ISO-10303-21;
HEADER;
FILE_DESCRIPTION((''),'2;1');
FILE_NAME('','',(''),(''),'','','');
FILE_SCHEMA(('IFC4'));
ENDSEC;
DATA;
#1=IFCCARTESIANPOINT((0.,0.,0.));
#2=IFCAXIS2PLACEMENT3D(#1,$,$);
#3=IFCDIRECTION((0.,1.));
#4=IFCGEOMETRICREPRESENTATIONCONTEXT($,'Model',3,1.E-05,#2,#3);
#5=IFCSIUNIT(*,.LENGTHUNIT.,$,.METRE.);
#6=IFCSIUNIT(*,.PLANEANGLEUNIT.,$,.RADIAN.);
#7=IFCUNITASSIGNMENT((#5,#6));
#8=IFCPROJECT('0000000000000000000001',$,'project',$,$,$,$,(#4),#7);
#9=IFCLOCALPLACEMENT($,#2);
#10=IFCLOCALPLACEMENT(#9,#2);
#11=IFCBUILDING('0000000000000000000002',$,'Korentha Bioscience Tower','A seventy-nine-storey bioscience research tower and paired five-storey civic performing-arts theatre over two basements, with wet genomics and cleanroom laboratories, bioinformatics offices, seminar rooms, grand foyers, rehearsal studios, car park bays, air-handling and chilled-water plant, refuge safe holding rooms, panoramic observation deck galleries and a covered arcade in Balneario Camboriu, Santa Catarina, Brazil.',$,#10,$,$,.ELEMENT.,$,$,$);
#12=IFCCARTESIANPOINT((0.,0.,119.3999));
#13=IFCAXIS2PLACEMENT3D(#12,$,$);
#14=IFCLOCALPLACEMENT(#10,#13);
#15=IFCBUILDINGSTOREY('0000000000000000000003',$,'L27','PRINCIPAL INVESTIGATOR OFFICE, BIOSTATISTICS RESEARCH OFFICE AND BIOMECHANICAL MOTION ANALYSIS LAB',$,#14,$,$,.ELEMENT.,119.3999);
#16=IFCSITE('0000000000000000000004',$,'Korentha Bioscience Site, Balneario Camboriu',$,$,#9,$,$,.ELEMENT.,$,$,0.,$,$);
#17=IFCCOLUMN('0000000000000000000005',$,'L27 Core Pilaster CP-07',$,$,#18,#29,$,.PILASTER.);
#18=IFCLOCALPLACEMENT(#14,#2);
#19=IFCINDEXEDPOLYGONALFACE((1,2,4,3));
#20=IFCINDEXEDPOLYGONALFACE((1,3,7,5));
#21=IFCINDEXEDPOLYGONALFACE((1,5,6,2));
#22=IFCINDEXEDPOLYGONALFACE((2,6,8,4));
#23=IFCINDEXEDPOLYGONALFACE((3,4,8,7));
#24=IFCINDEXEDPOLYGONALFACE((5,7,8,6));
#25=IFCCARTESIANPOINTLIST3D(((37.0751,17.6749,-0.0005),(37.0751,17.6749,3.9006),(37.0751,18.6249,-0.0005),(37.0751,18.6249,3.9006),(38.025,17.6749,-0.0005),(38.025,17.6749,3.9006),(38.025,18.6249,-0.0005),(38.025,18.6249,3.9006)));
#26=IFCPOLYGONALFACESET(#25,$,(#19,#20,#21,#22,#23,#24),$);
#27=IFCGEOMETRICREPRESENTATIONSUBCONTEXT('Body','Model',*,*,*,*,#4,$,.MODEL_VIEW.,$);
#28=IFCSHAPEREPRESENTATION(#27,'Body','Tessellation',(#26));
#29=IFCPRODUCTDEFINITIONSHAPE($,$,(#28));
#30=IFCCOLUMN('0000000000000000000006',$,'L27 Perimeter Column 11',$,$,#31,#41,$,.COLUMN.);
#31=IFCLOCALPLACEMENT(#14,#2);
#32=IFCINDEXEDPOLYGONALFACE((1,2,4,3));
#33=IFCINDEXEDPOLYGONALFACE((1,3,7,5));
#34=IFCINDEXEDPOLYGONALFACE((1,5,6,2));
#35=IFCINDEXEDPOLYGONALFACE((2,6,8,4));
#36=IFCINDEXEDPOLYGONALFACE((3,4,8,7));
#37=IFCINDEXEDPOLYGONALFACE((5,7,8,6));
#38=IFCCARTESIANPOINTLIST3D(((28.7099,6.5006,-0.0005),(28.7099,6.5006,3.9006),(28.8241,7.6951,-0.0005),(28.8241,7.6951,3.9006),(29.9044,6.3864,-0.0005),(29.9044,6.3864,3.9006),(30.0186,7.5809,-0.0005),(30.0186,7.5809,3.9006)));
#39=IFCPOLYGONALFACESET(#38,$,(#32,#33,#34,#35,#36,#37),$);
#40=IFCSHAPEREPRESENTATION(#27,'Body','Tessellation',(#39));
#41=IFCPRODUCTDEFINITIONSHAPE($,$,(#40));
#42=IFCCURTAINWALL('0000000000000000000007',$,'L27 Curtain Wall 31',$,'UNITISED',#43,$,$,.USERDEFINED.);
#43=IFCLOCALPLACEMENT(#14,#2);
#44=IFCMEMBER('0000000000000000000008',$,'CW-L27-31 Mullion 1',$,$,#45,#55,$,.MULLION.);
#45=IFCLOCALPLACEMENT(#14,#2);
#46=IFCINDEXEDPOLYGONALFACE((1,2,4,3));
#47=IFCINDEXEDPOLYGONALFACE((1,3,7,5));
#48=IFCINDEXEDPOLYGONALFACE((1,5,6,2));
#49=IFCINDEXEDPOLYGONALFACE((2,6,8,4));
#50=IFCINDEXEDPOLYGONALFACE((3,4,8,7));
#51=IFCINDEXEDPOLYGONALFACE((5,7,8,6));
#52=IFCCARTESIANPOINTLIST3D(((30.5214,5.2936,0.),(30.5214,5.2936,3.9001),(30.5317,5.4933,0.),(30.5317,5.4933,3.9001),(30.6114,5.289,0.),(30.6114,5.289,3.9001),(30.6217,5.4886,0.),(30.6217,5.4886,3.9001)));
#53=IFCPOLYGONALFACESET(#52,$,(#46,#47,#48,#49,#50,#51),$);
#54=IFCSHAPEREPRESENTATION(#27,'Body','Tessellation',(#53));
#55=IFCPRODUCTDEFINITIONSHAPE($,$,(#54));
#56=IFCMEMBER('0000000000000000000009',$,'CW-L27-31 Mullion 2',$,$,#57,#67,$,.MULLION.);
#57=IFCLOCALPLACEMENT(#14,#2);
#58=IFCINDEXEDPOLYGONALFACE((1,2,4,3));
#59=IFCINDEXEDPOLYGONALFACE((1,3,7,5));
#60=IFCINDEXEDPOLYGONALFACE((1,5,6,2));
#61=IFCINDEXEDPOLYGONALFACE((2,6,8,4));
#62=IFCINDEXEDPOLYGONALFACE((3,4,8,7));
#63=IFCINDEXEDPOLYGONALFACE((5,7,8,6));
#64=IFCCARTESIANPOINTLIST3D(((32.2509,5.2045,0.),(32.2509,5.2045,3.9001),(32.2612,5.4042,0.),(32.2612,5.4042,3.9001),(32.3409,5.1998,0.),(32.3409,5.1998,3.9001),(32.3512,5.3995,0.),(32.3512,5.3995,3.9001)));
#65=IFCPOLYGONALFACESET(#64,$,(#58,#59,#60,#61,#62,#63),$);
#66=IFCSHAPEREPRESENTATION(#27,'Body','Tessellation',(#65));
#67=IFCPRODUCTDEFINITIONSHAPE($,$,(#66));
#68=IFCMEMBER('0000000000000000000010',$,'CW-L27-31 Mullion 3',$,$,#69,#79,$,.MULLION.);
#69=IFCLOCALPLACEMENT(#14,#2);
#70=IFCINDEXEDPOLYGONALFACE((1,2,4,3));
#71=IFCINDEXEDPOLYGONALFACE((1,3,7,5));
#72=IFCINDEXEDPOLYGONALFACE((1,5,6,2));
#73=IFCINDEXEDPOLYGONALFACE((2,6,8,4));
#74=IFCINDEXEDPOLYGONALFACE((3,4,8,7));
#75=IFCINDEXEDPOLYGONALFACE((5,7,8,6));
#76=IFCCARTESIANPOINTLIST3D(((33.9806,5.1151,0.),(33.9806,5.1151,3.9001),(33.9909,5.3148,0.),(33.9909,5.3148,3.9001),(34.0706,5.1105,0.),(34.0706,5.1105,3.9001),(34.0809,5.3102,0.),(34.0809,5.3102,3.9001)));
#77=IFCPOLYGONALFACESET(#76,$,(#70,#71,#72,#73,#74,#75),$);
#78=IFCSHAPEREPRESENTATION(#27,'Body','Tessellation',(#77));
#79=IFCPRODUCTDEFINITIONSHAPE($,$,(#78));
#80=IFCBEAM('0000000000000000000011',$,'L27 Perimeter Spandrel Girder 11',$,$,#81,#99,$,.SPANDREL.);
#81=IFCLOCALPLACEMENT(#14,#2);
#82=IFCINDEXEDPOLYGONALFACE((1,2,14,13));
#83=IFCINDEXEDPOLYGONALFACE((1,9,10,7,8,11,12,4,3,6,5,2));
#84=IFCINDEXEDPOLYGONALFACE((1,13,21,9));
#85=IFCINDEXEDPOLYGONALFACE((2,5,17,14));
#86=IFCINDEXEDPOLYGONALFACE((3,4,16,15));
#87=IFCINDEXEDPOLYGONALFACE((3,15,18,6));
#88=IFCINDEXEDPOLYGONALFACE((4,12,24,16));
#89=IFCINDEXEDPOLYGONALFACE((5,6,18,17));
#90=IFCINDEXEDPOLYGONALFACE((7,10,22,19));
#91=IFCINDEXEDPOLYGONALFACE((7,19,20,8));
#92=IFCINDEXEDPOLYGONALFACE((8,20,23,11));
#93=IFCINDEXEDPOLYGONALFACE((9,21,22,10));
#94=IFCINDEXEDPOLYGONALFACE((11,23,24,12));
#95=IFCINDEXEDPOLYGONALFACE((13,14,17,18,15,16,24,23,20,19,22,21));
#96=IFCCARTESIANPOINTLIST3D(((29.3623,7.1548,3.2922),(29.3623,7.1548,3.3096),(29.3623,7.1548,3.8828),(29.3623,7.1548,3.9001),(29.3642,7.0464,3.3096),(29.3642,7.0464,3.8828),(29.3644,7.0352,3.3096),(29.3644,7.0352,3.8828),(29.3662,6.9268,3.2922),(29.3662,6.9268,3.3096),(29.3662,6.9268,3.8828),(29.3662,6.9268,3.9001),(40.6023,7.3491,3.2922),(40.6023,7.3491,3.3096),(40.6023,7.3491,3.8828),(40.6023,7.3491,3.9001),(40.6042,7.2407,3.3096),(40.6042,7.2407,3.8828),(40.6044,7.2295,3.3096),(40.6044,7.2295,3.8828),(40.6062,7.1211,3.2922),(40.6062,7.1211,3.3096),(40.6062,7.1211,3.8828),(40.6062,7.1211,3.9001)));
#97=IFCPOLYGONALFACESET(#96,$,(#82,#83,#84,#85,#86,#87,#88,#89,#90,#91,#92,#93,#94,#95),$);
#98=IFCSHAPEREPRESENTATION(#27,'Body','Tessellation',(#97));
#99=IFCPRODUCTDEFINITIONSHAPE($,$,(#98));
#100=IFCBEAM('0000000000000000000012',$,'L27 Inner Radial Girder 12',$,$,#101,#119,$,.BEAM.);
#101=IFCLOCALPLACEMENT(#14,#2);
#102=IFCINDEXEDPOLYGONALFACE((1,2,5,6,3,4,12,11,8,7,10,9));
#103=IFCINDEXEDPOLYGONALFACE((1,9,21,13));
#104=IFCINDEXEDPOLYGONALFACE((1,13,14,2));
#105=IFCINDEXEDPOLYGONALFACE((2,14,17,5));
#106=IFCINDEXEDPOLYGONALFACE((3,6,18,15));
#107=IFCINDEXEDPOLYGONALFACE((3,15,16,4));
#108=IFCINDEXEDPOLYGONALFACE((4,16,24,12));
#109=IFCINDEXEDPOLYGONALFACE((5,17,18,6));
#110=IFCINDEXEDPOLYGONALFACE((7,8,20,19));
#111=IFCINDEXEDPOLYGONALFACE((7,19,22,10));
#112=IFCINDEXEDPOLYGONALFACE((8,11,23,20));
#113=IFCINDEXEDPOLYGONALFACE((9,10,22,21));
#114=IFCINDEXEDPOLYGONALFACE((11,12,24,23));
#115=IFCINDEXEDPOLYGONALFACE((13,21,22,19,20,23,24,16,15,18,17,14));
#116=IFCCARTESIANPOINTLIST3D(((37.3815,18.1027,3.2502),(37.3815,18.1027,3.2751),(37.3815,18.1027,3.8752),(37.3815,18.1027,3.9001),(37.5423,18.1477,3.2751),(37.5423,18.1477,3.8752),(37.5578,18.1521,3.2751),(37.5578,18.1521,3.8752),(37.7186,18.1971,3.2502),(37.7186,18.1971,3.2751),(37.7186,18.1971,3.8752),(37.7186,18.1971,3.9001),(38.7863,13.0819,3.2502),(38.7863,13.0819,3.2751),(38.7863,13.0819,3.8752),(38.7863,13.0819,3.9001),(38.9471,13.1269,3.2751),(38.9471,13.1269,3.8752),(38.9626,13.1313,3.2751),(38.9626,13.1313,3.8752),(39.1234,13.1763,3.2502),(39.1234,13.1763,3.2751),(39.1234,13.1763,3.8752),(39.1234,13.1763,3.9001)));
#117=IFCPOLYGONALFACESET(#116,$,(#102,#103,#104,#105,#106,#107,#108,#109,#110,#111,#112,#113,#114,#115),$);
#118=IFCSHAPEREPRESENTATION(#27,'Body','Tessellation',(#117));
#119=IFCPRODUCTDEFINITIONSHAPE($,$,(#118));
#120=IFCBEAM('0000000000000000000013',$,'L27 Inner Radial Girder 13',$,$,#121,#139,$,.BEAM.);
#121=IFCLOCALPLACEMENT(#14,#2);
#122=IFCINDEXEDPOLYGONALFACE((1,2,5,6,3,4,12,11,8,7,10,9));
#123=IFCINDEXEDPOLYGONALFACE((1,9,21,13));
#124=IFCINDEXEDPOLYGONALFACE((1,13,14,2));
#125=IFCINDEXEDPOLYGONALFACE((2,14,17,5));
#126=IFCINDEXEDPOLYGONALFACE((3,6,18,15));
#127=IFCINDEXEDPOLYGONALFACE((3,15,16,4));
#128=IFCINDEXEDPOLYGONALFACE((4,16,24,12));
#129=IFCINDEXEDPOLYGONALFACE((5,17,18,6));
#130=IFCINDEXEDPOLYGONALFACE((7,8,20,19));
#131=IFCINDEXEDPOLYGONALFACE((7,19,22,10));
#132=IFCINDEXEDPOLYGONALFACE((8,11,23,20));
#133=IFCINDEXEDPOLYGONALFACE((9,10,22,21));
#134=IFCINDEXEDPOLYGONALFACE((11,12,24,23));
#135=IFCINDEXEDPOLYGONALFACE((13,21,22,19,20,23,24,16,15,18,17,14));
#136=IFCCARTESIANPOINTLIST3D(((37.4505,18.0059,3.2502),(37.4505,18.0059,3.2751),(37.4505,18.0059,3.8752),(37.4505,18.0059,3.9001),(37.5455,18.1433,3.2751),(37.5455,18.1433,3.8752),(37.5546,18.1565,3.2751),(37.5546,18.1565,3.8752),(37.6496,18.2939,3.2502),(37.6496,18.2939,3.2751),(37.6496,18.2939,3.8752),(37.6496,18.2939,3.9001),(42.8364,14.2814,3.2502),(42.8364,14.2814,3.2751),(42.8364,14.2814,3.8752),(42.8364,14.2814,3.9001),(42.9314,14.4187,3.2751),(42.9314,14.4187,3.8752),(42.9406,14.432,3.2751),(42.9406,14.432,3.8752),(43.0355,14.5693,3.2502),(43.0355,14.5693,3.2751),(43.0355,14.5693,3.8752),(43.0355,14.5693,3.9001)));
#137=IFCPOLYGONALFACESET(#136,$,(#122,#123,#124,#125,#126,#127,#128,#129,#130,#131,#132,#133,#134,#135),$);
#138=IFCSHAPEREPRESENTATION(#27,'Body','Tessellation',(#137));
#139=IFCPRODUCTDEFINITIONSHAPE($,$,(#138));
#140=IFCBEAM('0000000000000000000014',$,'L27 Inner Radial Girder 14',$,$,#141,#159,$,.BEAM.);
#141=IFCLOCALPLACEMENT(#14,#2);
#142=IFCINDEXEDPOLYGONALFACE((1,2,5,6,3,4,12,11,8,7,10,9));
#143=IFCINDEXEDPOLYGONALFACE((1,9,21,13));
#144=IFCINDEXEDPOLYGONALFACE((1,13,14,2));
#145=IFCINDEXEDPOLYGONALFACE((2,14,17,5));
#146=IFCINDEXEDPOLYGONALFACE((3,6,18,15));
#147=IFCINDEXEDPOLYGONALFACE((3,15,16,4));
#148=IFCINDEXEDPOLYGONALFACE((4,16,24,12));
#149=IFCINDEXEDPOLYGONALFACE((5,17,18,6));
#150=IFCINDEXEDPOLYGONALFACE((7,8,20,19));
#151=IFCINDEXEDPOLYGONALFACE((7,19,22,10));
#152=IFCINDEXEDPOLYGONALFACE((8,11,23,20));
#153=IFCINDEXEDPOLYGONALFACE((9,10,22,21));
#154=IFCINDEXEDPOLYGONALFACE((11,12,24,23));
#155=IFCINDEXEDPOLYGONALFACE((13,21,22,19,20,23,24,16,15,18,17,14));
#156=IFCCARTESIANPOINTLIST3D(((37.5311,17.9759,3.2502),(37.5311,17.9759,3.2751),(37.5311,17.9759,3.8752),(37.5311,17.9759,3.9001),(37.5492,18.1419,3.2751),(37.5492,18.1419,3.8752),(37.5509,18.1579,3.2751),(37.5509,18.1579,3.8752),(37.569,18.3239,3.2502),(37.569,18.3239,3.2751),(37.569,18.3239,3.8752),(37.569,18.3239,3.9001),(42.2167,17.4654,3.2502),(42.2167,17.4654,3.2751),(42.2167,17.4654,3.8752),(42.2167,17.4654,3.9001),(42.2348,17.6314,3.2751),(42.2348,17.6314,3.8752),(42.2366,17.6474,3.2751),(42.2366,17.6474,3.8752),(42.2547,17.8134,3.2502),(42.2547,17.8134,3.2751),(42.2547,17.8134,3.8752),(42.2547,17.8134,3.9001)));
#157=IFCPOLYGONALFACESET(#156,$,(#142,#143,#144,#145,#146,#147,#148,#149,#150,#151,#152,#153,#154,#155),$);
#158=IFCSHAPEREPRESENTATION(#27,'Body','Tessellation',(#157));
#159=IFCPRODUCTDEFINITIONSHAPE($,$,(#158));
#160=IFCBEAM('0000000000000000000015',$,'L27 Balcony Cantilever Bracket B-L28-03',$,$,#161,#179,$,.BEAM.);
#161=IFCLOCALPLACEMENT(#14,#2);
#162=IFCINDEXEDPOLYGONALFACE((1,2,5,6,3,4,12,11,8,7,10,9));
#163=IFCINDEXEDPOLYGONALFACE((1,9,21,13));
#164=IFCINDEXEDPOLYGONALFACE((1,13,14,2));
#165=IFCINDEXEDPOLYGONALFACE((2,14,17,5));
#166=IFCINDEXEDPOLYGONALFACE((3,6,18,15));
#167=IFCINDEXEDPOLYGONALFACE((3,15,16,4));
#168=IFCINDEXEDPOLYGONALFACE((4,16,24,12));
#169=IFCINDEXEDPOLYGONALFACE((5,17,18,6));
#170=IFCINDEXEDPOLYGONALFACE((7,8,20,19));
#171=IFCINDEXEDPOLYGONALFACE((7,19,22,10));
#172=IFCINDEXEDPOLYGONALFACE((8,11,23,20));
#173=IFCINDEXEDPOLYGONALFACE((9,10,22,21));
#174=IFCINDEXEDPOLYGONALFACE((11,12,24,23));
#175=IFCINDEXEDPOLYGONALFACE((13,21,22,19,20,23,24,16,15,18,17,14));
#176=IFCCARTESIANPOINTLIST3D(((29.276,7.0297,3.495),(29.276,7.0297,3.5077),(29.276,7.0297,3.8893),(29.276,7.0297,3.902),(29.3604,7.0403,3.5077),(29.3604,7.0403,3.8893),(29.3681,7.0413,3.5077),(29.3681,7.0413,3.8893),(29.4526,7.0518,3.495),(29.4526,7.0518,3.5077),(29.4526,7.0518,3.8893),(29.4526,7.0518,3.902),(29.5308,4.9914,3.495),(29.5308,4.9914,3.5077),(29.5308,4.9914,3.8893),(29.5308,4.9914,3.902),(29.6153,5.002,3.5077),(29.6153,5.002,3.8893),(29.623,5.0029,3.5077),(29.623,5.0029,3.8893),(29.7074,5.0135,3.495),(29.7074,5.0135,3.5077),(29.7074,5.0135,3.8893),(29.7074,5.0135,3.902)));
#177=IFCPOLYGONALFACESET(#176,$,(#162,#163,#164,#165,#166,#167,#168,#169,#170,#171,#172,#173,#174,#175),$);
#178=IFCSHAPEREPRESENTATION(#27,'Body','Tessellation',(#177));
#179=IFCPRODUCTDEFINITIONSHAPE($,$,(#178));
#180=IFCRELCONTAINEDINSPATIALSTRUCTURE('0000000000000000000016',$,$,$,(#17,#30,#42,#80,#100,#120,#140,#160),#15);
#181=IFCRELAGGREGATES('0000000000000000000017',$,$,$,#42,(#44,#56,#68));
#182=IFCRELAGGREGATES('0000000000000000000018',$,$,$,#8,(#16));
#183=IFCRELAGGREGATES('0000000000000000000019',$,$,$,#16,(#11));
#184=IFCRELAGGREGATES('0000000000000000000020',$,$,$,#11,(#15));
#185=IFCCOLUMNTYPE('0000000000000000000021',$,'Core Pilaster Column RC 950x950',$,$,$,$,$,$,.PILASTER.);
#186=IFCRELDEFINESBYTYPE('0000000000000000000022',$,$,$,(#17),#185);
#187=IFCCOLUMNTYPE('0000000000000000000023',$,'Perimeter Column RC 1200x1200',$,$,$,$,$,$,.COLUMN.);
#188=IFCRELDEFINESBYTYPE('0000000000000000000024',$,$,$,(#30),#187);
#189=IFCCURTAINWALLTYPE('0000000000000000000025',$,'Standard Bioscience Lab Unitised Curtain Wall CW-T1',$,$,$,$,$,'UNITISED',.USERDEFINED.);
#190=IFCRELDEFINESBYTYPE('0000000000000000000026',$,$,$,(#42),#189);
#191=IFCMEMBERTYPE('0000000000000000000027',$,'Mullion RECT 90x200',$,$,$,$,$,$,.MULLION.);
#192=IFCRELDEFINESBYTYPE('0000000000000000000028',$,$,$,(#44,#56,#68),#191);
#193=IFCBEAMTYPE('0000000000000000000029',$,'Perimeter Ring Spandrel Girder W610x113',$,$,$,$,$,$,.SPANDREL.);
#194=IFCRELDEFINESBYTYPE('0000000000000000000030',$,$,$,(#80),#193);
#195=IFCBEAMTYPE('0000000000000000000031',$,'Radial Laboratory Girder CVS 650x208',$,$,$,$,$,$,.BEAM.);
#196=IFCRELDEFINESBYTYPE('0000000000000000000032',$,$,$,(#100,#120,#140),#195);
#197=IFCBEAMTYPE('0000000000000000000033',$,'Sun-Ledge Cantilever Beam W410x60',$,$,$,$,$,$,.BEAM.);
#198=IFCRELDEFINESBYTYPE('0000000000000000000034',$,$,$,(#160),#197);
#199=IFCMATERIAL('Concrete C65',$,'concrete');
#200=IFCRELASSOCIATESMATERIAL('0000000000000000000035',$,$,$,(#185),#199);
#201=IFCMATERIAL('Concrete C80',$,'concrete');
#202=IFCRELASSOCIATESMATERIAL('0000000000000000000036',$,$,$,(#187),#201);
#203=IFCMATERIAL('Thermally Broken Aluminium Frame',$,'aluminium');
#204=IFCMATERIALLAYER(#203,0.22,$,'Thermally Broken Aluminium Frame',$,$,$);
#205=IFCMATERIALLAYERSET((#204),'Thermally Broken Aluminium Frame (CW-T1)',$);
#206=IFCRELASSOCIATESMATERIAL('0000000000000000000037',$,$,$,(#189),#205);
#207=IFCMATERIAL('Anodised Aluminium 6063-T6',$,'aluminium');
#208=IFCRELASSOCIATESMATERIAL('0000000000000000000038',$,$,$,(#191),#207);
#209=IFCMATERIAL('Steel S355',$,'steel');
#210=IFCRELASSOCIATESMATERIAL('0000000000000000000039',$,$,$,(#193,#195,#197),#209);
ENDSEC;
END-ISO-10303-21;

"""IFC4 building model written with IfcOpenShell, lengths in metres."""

from ifc_helpers import new_model, si_unit, direction, frame, origin, origin_2d, place, context, subcontext, project, spatial, rectangle, i_section, extrude, material, layer, layer_set, material_profile, profile_set, type_object, element, aggregate, save


model = new_model("IFC4")

# Units and contexts
model_context = context("Model", 3, precision=1e-05, world=origin(), true_north=direction((0.0, 1.0)))
body_context = subcontext(model_context, "Body", "Model", "MODEL_VIEW")
ifc_project = project(units=[si_unit("LENGTHUNIT", "METRE"), si_unit("PLANEANGLEUNIT", "RADIAN")], contexts=[model_context])

# Site, building, storey
site_placement = place(None, origin())
site = spatial("IfcSite", under=ifc_project, at=site_placement, Name="Korentha Bioscience Site, Balneario Camboriu", CompositionType="ELEMENT", RefElevation=0.0)
building_placement = place(site_placement, origin())
building = spatial("IfcBuilding", under=site, at=building_placement, Name="Korentha Bioscience Tower", Description="A seventy-nine-storey bioscience research tower and paired five-storey civic performing-arts theatre over two basements, with wet genomics and cleanroom laboratories, bioinformatics offices, seminar rooms, grand foyers, rehearsal studios, car park bays, air-handling and chilled-water plant, refuge safe holding rooms, panoramic observation deck galleries and a covered arcade in Balneario Camboriu, Santa Catarina, Brazil.", CompositionType="ELEMENT")
storey_placement = place(building_placement, frame((0.0, 0.0, 119.3999)))
storey = spatial("IfcBuildingStorey", under=building, at=storey_placement, Name="L27", Description="PRINCIPAL INVESTIGATOR OFFICE, BIOSTATISTICS RESEARCH OFFICE AND BIOMECHANICAL MOTION ANALYSIS LAB", CompositionType="ELEMENT", Elevation=119.3999)

# Columns
ifc_material_1 = material(Name="Concrete C65", Category="concrete")
ifc_material_profile_1 = material_profile(ifc_material_1, rectangle(XDim=0.95, YDim=0.95, at=origin_2d()), Name="Concrete C65")
ifc_profile_set_1 = profile_set([ifc_material_profile_1], Name="Concrete C65 (COL-CP09)")
column_type_1 = type_object("IfcColumnType", Name="Core Pilaster Column RC 950x950", PredefinedType="PILASTER", material=ifc_profile_set_1)
column_1_placement = place(storey_placement, frame((37.55, 18.1499, -0.0005), z_axis=(0.0, 0.0, 1.0), x_axis=(1.0, 0.0, 0.0)))
element("IfcColumn", 1, at=column_1_placement, inside=storey, type_object=column_type_1, Name="L27 Core Pilaster CP-07", PredefinedType="PILASTER", context=body_context, shape_type="SweptSolid", body=[
    extrude(rectangle(XDim=0.95, YDim=0.95, at=origin_2d()), origin(), (0.0, 0.0, 1.0), 3.9011),
])
ifc_material_2 = material(Name="Concrete C80", Category="concrete")
ifc_material_profile_2 = material_profile(ifc_material_2, rectangle(XDim=1.2, YDim=1.2, at=origin_2d()), Name="Concrete C80")
ifc_profile_set_2 = profile_set([ifc_material_profile_2], Name="Concrete C80 (COL-P12)")
column_type_2 = type_object("IfcColumnType", Name="Perimeter Column RC 1200x1200", PredefinedType="COLUMN", material=ifc_profile_set_2)
column_2_placement = place(storey_placement, frame((29.3643, 7.0408, -0.0005), z_axis=(0.0, 0.0, 1.0), x_axis=(-0.995463, 0.095151, 0.0)))
element("IfcColumn", 2, at=column_2_placement, inside=storey, type_object=column_type_2, Name="L27 Perimeter Column 11", PredefinedType="COLUMN", context=body_context, shape_type="SweptSolid", body=[
    extrude(rectangle(XDim=1.2, YDim=1.2, at=origin_2d()), origin(), (0.0, 0.0, 1.0), 3.9011),
])

# Curtain wall, members
ifc_material_3 = material(Name="Thermally Broken Aluminium Frame", Category="aluminium")
ifc_layer_1 = layer(ifc_material_3, 0.22, Name="Thermally Broken Aluminium Frame")
ifc_layer_set_1 = layer_set([ifc_layer_1], Name="Thermally Broken Aluminium Frame (CW-T1)")
curtain_wall_type = type_object("IfcCurtainWallType", Name="Standard Bioscience Lab Unitised Curtain Wall CW-T1", ElementType="UNITISED", PredefinedType="USERDEFINED", material=ifc_layer_set_1)
curtain_wall_placement = place(storey_placement, origin())
curtain_wall = element("IfcCurtainWall", 3, at=curtain_wall_placement, inside=storey, type_object=curtain_wall_type, Name="L27 Curtain Wall 31", ObjectType="UNITISED", PredefinedType="USERDEFINED")
ifc_material_4 = material(Name="Anodised Aluminium 6063-T6", Category="aluminium")
ifc_material_profile_3 = material_profile(ifc_material_4, rectangle(XDim=0.0901, YDim=0.2, at=origin_2d()), Name="Anodised Aluminium 6063-T6")
ifc_profile_set_3 = profile_set([ifc_material_profile_3], Name="Anodised Aluminium 6063-T6 (CW-MUL)")
member_type_1 = type_object("IfcMemberType", Name="Mullion RECT 90x200", PredefinedType="MULLION", material=ifc_profile_set_3)
member_1_placement = place(storey_placement, frame((30.5715, 5.3911, 0.0), z_axis=(0.0, 0.0, 1.0), x_axis=(0.998673, -0.051495, 0.0)))
member_1 = element("IfcMember", 4, at=member_1_placement, type_object=member_type_1, Name="CW-L27-31 Mullion 1", PredefinedType="MULLION", context=body_context, shape_type="SweptSolid", body=[
    extrude(rectangle(XDim=0.0901, YDim=0.2, at=origin_2d()), origin(), (0.0, 0.0, 1.0), 3.9001),
])
member_2_placement = place(storey_placement, frame((32.301, 5.302, 0.0), z_axis=(0.0, 0.0, 1.0), x_axis=(0.998673, -0.051495, 0.0)))
member_2 = element("IfcMember", 5, at=member_2_placement, type_object=member_type_1, Name="CW-L27-31 Mullion 2", PredefinedType="MULLION", context=body_context, shape_type="SweptSolid", body=[
    extrude(rectangle(XDim=0.0901, YDim=0.2, at=origin_2d()), origin(), (0.0, 0.0, 1.0), 3.9001),
])
member_3_placement = place(storey_placement, frame((34.0308, 5.2126, 0.0), z_axis=(0.0, 0.0, 1.0), x_axis=(0.998673, -0.051495, 0.0)))
member_3 = element("IfcMember", 6, at=member_3_placement, type_object=member_type_1, Name="CW-L27-31 Mullion 3", PredefinedType="MULLION", context=body_context, shape_type="SweptSolid", body=[
    extrude(rectangle(XDim=0.0901, YDim=0.2, at=origin_2d()), origin(), (0.0, 0.0, 1.0), 3.9001),
])

# Beams
ifc_material_5 = material(Name="Steel S355", Category="steel")
ifc_material_profile_4 = material_profile(ifc_material_5, i_section(OverallWidth=0.228, OverallDepth=0.6079, WebThickness=0.0112, FlangeThickness=0.0173, at=origin_2d()), Name="Steel S355")
ifc_profile_set_4 = profile_set([ifc_material_profile_4], Name="Steel S355 (SB-610)")
beam_type_1 = type_object("IfcBeamType", Name="Perimeter Ring Spandrel Girder W610x113", PredefinedType="SPANDREL", material=ifc_profile_set_4)
beam_1_placement = place(storey_placement, frame((29.3643, 7.0408, 3.5962), z_axis=(0.999851, 0.017287, 0.0), x_axis=(-0.017287, 0.999851, 0.0)))
element("IfcBeam", 7, at=beam_1_placement, inside=storey, type_object=beam_type_1, Name="L27 Perimeter Spandrel Girder 11", PredefinedType="SPANDREL", context=body_context, shape_type="SweptSolid", body=[
    extrude(i_section(OverallWidth=0.228, OverallDepth=0.6079, WebThickness=0.0112, FlangeThickness=0.0173, at=origin_2d()), origin(), (0.0, 0.0, 1.0), 11.2417),
])
ifc_material_profile_5 = material_profile(ifc_material_5, i_section(OverallWidth=0.3501, OverallDepth=0.6499, WebThickness=0.0161, FlangeThickness=0.0249, at=origin_2d()), Name="Steel S355")
ifc_profile_set_5 = profile_set([ifc_material_profile_5], Name="Steel S355 (RB-650)")
beam_type_2 = type_object("IfcBeamType", Name="Radial Laboratory Girder CVS 650x208", PredefinedType="BEAM", material=ifc_profile_set_5)
beam_2_placement = place(storey_placement, frame((37.55, 18.1499, 3.5752), z_axis=(0.269448, -0.963015, 0.0), x_axis=(0.963015, 0.269448, 0.0)))
element("IfcBeam", 8, at=beam_2_placement, inside=storey, type_object=beam_type_2, Name="L27 Inner Radial Girder 12", PredefinedType="BEAM", context=body_context, shape_type="SweptSolid", body=[
    extrude(i_section(OverallWidth=0.3501, OverallDepth=0.6499, WebThickness=0.0161, FlangeThickness=0.0249, at=origin_2d()), origin(), (0.0, 0.0, 1.0), 5.2136),
])
beam_3_placement = place(storey_placement, frame((37.55, 18.1499, 3.5752), z_axis=(0.822489, -0.568781, 0.0), x_axis=(0.568781, 0.822489, 0.0)))
element("IfcBeam", 9, at=beam_3_placement, inside=storey, type_object=beam_type_2, Name="L27 Inner Radial Girder 13", PredefinedType="BEAM", context=body_context, shape_type="SweptSolid", body=[
    extrude(i_section(OverallWidth=0.3501, OverallDepth=0.6499, WebThickness=0.0161, FlangeThickness=0.0249, at=origin_2d()), origin(), (0.0, 0.0, 1.0), 6.5483),
])
beam_4_placement = place(storey_placement, frame((37.55, 18.1499, 3.5752), z_axis=(0.994117, -0.108311, 0.0), x_axis=(0.108311, 0.994117, 0.0)))
element("IfcBeam", 10, at=beam_4_placement, inside=storey, type_object=beam_type_2, Name="L27 Inner Radial Girder 14", PredefinedType="BEAM", context=body_context, shape_type="SweptSolid", body=[
    extrude(i_section(OverallWidth=0.3501, OverallDepth=0.6499, WebThickness=0.0161, FlangeThickness=0.0249, at=origin_2d()), origin(), (0.0, 0.0, 1.0), 4.7134),
])
ifc_material_profile_6 = material_profile(ifc_material_5, i_section(OverallWidth=0.178, OverallDepth=0.407, WebThickness=0.0078, FlangeThickness=0.0127, at=origin_2d()), Name="Steel S355")
ifc_profile_set_6 = profile_set([ifc_material_profile_6], Name="Steel S355 (CB-410)")
beam_type_3 = type_object("IfcBeamType", Name="Sun-Ledge Cantilever Beam W410x60", PredefinedType="BEAM", material=ifc_profile_set_6)
beam_5_placement = place(storey_placement, frame((29.3643, 7.0408, 3.6985), z_axis=(0.124079, -0.992272, 0.0), x_axis=(0.992272, 0.124079, 0.0)))
element("IfcBeam", 11, at=beam_5_placement, inside=storey, type_object=beam_type_3, Name="L27 Balcony Cantilever Bracket B-L28-03", PredefinedType="BEAM", context=body_context, shape_type="SweptSolid", body=[
    extrude(i_section(OverallWidth=0.178, OverallDepth=0.407, WebThickness=0.0078, FlangeThickness=0.0127, at=origin_2d()), origin(), (0.0, 0.0, 1.0), 2.0542),
])

aggregate(curtain_wall, [member_1, member_2, member_3])

save(model, "model.ifc")
